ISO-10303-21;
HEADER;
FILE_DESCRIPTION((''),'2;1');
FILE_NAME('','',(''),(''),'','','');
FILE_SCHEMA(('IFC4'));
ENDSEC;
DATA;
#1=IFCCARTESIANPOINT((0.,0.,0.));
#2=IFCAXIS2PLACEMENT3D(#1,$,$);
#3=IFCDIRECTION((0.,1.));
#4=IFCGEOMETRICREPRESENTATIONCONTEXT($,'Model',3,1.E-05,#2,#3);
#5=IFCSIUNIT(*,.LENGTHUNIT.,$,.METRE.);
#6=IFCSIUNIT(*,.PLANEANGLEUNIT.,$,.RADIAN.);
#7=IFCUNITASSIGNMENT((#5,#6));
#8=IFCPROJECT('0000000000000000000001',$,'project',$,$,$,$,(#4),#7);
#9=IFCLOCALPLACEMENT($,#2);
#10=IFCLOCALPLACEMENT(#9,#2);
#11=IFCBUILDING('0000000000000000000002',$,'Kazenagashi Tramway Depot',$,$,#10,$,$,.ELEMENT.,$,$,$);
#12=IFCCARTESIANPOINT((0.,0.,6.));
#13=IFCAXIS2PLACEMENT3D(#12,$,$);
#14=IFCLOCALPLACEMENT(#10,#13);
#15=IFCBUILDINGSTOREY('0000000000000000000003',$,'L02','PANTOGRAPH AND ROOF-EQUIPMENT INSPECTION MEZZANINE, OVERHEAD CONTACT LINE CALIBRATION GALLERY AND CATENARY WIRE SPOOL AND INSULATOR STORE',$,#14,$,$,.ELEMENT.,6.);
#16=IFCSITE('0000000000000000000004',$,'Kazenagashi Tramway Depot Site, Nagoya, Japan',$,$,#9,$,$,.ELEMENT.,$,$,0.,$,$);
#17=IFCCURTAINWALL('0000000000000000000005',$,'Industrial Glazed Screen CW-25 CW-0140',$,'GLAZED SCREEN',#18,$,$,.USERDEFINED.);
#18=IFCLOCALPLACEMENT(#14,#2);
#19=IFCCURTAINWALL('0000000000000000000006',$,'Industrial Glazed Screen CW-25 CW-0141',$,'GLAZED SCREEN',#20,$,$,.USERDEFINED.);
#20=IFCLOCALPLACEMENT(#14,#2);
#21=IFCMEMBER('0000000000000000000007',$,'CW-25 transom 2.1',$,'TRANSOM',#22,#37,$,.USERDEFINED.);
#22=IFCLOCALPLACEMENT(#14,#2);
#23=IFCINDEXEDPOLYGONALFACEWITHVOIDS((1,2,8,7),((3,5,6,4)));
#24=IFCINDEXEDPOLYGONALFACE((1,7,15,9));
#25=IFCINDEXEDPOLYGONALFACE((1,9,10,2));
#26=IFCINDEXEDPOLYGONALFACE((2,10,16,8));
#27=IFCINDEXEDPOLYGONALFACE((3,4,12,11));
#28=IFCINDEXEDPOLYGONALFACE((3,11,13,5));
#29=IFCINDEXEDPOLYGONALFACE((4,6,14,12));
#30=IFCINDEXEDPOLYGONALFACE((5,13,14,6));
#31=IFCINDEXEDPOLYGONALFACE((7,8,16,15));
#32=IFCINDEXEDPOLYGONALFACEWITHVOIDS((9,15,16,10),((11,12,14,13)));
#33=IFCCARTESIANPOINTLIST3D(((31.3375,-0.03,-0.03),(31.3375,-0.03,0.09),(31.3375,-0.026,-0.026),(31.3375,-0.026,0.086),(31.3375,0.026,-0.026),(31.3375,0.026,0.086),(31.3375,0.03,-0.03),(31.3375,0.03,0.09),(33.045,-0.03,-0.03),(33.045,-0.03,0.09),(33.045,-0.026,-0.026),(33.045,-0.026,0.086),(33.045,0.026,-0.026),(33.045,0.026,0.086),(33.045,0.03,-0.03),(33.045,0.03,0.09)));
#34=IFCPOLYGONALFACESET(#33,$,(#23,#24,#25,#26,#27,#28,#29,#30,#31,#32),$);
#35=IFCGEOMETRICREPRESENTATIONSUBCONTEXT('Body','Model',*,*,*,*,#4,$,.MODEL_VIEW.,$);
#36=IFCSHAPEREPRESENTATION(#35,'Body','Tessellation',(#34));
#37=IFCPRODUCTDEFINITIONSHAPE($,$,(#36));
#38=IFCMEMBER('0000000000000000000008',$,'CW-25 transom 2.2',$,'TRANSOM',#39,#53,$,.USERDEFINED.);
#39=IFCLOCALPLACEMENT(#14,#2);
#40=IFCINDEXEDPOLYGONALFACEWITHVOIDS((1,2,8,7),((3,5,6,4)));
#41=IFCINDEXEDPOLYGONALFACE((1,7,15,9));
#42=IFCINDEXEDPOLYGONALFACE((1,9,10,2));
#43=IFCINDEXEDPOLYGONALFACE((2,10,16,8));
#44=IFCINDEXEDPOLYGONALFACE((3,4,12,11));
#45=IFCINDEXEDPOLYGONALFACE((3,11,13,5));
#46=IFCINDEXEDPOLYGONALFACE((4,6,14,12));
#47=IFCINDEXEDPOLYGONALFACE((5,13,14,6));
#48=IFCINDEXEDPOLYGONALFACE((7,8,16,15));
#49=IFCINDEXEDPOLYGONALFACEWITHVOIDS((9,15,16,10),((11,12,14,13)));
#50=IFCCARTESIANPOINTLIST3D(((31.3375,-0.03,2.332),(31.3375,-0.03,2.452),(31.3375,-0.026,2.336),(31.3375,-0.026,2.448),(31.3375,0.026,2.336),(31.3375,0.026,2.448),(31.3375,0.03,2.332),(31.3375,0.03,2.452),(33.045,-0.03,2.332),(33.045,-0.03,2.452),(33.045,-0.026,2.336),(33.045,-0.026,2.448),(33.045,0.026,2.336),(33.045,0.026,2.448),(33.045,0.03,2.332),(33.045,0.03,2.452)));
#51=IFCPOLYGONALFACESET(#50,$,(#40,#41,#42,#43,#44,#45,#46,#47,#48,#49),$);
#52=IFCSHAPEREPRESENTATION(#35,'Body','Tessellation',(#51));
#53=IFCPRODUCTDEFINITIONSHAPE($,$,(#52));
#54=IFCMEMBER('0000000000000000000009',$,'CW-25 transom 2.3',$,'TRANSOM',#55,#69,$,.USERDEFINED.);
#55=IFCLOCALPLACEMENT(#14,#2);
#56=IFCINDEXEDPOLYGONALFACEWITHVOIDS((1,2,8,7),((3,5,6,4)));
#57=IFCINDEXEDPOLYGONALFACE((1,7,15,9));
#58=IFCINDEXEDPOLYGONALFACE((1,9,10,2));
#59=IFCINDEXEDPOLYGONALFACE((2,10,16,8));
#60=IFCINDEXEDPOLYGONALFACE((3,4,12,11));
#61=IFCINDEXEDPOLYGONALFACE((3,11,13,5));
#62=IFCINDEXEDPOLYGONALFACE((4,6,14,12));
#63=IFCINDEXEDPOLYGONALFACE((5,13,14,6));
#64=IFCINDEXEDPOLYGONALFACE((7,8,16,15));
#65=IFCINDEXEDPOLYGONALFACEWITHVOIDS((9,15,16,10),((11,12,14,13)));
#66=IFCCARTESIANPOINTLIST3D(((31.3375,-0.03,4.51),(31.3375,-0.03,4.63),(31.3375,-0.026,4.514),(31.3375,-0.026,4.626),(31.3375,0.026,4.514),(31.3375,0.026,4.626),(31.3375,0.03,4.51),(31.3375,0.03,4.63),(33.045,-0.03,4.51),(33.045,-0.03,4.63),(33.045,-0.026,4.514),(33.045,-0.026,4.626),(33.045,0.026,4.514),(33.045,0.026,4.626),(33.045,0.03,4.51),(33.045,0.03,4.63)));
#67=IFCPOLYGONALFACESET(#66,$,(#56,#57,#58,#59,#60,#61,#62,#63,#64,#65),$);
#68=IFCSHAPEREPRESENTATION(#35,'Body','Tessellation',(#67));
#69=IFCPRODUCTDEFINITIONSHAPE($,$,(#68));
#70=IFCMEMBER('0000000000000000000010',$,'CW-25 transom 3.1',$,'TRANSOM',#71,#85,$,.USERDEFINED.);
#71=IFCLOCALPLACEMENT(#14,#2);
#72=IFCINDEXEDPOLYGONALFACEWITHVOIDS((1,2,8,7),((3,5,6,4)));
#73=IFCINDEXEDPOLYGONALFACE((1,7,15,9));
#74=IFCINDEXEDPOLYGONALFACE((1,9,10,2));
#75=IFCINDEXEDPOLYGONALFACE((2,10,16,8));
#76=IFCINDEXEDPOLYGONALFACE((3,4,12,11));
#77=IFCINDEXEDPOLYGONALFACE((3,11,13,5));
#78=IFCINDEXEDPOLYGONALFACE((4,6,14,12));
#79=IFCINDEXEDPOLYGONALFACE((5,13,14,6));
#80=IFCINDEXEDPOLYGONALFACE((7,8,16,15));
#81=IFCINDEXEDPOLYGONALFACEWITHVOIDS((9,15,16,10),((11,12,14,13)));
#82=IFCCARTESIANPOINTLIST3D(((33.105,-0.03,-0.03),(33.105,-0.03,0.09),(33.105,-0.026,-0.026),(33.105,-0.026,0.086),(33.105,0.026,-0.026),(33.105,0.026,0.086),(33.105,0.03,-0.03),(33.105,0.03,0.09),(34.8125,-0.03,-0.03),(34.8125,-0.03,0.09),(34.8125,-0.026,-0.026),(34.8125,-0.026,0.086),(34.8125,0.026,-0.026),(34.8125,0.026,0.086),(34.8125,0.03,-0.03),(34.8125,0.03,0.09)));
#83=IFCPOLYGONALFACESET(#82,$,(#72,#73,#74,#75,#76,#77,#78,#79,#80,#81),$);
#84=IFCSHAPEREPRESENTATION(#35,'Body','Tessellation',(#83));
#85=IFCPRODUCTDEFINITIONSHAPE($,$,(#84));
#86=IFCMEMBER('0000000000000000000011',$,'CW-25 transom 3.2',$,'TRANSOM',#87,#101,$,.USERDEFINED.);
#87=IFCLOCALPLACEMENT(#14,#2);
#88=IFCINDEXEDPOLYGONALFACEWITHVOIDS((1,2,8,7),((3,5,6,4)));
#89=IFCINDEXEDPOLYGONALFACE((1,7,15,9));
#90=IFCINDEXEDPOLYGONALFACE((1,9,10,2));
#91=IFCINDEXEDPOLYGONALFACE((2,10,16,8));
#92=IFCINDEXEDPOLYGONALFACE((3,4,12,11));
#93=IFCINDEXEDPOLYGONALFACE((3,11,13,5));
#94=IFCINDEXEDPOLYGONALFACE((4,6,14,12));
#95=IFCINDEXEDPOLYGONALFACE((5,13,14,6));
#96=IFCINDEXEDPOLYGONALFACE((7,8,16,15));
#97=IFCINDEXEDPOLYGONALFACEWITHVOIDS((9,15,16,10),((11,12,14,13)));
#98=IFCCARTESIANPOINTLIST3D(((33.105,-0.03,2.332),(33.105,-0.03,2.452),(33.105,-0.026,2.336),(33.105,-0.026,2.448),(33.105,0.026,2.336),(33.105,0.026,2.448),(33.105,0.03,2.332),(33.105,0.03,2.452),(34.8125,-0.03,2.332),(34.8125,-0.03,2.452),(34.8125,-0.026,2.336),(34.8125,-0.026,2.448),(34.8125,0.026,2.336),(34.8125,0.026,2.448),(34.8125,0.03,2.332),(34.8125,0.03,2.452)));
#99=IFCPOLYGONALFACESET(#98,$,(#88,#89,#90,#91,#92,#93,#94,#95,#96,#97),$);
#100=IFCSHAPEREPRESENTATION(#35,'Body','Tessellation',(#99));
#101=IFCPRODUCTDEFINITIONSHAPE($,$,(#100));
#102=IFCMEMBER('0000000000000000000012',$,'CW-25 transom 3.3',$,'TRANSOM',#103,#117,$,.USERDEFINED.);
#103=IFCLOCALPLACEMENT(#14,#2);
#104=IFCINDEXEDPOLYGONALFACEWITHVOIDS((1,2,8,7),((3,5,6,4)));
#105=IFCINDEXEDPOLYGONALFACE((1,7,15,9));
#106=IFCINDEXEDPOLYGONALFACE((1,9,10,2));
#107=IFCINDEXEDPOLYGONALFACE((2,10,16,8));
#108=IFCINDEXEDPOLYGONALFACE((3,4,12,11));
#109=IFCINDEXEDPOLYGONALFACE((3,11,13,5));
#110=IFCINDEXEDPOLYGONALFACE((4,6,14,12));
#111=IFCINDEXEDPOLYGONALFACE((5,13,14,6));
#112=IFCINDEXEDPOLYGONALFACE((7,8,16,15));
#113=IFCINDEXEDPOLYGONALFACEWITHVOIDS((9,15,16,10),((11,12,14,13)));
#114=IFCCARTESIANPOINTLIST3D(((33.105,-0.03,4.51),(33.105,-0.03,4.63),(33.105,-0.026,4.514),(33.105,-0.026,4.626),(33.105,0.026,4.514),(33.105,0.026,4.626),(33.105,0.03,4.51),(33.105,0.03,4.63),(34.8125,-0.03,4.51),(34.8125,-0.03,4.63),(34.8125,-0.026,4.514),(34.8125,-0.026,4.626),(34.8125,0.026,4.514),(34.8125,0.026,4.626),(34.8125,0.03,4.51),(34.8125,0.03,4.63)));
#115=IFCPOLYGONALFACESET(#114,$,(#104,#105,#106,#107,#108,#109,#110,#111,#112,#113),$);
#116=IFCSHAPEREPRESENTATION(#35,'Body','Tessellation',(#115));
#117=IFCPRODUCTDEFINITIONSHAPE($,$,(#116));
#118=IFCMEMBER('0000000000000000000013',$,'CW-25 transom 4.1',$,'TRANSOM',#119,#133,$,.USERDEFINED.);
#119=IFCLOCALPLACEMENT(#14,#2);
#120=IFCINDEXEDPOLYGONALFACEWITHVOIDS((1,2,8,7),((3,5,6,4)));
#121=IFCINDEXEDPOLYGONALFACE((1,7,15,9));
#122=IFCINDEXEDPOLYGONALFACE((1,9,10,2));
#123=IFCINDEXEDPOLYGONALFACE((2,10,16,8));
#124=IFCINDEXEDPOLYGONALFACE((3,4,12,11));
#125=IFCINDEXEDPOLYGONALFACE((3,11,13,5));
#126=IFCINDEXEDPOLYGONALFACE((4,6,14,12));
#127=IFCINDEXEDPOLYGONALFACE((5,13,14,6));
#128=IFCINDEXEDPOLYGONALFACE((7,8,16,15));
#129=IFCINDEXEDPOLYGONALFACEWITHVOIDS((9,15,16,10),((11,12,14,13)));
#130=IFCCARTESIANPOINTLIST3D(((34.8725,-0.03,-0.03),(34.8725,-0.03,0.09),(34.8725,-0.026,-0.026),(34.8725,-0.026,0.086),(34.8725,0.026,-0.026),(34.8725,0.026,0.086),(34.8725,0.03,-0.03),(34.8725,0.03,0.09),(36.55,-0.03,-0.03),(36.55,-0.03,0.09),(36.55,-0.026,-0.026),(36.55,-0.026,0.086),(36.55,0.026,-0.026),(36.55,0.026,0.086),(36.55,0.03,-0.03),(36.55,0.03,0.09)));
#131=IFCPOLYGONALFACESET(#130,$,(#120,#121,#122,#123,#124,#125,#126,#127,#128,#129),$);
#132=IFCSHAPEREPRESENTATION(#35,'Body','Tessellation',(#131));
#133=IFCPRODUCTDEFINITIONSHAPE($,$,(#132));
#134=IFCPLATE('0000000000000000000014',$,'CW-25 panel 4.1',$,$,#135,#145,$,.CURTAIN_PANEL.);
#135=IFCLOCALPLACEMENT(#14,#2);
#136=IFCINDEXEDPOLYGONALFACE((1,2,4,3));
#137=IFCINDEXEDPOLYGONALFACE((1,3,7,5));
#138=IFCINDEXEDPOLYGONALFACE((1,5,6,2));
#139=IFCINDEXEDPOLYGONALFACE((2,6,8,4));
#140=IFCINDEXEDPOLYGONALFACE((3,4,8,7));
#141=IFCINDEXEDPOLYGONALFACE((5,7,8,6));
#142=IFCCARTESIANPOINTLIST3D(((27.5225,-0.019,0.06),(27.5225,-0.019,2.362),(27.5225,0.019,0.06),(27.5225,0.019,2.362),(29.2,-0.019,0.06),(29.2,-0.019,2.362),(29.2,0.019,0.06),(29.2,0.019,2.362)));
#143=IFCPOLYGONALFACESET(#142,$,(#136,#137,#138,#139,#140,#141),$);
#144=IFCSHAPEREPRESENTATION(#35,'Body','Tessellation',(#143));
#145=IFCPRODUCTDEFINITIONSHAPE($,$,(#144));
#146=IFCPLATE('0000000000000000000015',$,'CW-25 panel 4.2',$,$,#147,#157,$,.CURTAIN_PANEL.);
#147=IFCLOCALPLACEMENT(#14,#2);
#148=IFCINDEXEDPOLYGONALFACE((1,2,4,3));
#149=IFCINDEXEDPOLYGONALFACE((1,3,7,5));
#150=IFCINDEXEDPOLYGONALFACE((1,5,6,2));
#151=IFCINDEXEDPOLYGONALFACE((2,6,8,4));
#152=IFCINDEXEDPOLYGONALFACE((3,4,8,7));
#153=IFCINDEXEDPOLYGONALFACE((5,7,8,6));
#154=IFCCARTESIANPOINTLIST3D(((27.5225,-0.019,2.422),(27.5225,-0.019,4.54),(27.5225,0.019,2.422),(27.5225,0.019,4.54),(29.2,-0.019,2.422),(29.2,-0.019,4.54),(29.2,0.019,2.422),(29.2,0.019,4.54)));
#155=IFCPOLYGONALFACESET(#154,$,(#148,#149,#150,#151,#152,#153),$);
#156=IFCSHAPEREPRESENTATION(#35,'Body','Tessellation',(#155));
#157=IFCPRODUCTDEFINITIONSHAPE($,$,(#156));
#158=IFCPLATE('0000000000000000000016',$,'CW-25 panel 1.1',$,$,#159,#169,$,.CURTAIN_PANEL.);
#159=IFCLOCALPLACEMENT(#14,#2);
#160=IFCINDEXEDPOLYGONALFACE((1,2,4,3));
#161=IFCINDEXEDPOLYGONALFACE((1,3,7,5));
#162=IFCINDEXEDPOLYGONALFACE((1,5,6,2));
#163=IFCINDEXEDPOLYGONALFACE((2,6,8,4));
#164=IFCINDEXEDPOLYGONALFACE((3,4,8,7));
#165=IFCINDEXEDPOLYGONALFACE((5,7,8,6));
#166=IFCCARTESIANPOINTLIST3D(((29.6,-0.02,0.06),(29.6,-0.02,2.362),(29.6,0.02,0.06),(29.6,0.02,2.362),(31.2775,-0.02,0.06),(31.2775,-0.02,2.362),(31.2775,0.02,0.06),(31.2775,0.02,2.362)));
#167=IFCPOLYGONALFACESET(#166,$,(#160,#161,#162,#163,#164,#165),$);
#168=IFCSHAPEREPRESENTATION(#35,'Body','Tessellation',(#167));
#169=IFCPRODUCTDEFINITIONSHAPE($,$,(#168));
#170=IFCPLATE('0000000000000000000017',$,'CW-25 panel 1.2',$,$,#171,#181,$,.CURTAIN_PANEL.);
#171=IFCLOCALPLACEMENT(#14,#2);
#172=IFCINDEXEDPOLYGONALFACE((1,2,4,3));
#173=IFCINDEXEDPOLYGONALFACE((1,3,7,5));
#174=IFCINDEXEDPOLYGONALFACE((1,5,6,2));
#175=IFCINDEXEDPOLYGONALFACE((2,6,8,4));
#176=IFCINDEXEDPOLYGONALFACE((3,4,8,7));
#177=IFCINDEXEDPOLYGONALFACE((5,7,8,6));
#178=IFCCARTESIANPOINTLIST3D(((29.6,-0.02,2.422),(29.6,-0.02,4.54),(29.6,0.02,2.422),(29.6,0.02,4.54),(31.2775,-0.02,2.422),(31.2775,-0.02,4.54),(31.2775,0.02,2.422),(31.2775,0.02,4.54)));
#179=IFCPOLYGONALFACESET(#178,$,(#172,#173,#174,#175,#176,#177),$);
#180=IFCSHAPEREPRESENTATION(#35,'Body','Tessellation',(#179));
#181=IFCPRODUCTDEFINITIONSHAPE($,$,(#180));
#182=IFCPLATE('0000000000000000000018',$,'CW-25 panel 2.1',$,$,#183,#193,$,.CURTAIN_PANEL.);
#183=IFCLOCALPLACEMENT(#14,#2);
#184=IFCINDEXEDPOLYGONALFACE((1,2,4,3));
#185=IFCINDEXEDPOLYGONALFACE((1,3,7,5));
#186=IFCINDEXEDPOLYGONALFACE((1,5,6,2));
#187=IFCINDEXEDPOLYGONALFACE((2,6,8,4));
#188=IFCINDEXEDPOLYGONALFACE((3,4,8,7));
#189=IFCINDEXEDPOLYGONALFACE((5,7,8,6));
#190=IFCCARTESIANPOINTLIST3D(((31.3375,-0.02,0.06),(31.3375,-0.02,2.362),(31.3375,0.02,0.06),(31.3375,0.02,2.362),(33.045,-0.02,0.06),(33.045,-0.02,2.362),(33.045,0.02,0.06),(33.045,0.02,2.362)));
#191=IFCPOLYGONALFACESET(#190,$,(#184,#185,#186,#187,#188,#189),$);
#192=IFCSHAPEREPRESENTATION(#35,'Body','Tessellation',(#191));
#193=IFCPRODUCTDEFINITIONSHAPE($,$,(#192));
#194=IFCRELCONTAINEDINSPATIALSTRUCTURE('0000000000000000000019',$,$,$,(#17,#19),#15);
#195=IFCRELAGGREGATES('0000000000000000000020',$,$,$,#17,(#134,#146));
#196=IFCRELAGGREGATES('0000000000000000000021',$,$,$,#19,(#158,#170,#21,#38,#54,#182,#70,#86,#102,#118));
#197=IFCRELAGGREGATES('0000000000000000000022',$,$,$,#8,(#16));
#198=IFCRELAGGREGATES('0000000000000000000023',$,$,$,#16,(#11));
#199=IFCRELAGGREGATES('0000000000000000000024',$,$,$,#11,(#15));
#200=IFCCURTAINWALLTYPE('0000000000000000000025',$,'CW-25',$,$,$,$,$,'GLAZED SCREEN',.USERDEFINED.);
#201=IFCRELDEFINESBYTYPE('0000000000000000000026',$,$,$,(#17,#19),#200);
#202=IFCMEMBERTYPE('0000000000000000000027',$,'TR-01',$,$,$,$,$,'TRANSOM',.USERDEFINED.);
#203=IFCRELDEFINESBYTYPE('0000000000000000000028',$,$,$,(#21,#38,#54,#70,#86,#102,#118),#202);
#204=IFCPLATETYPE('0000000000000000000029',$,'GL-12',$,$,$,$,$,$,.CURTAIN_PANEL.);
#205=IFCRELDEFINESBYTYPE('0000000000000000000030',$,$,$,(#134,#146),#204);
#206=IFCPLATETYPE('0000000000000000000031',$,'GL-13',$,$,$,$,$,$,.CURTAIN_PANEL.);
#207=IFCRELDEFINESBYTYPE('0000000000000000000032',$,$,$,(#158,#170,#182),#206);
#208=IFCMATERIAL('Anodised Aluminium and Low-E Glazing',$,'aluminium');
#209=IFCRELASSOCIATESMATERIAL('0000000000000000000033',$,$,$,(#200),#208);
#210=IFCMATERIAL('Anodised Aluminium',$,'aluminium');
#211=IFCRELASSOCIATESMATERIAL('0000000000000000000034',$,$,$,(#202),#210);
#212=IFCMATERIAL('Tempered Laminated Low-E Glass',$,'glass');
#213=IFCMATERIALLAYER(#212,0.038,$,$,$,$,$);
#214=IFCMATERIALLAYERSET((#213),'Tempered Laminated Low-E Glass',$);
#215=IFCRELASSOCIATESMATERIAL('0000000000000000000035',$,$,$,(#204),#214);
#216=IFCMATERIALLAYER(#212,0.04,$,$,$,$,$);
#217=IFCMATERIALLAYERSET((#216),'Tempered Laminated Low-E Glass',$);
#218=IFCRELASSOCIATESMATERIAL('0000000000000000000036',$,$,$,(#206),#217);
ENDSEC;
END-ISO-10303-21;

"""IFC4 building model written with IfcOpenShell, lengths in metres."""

from ifc_helpers import new_model, si_unit, direction, frame, origin, origin_2d, place, context, subcontext, project, spatial, rectangle, hollow_rectangle, extrude, material, layer, layer_set, material_profile, profile_set, type_object, element, aggregate, save


model = new_model("IFC4")

# Units and contexts
model_context = context("Model", 3, precision=1e-05, world=origin(), true_north=direction((0.0, 1.0)))
body_context = subcontext(model_context, "Body", "Model", "MODEL_VIEW")
ifc_project = project(units=[si_unit("LENGTHUNIT", "METRE"), si_unit("PLANEANGLEUNIT", "RADIAN")], contexts=[model_context])

# Site, building, storey
site_placement = place(None, origin())
site = spatial("IfcSite", under=ifc_project, at=site_placement, Name="Kazenagashi Tramway Depot Site, Nagoya, Japan", CompositionType="ELEMENT", RefElevation=0.0)
building_placement = place(site_placement, origin())
building = spatial("IfcBuilding", under=site, at=building_placement, Name="Kazenagashi Tramway Depot", CompositionType="ELEMENT")
storey_placement = place(building_placement, frame((0.0, 0.0, 6.0)))
storey = spatial("IfcBuildingStorey", under=building, at=storey_placement, Name="L02", Description="PANTOGRAPH AND ROOF-EQUIPMENT INSPECTION MEZZANINE, OVERHEAD CONTACT LINE CALIBRATION GALLERY AND CATENARY WIRE SPOOL AND INSULATOR STORE", CompositionType="ELEMENT", Elevation=6.0)

# Curtain wall
ifc_material_1 = material(Name="Anodised Aluminium and Low-E Glazing", Category="aluminium")
curtain_wall_type = type_object("IfcCurtainWallType", Name="CW-25", ElementType="GLAZED SCREEN", PredefinedType="USERDEFINED", material=ifc_material_1)
curtain_wall_1_placement = place(storey_placement, origin())
curtain_wall_1 = element("IfcCurtainWall", 1, at=curtain_wall_1_placement, inside=storey, type_object=curtain_wall_type, Name="Industrial Glazed Screen CW-25 CW-0140", ObjectType="GLAZED SCREEN", PredefinedType="USERDEFINED")
ifc_material_2 = material(Name="Anodised Aluminium", Category="aluminium")

# Curtain wall
curtain_wall_2_placement = place(storey_placement, origin())
curtain_wall_2 = element("IfcCurtainWall", 2, at=curtain_wall_2_placement, inside=storey, type_object=curtain_wall_type, Name="Industrial Glazed Screen CW-25 CW-0141", ObjectType="GLAZED SCREEN", PredefinedType="USERDEFINED")

# Members
ifc_material_profile_1 = material_profile(ifc_material_2, hollow_rectangle(XDim=0.06, YDim=0.12, WallThickness=0.004, at=origin_2d()), Name="RHS-120x60x4")
ifc_profile_set_1 = profile_set([ifc_material_profile_1], Name="Anodised Aluminium")
member_type_1 = type_object("IfcMemberType", Name="TR-01", ElementType="TRANSOM", PredefinedType="USERDEFINED", material=ifc_profile_set_1)
member_1_placement = place(storey_placement, frame((31.3375, 0.0, 0.03), z_axis=(1.0, 0.0, 0.0), x_axis=(0.0, 1.0, 0.0)))
member_1 = element("IfcMember", 3, at=member_1_placement, type_object=member_type_1, Name="CW-25 transom 2.1", ObjectType="TRANSOM", PredefinedType="USERDEFINED", context=body_context, shape_type="SweptSolid", body=[
    extrude(hollow_rectangle(XDim=0.06, YDim=0.12, WallThickness=0.004, at=origin_2d()), origin(), (0.0, 0.0, 1.0), 1.7075),
])
member_2_placement = place(storey_placement, frame((31.3375, 0.0, 2.392), z_axis=(1.0, 0.0, 0.0), x_axis=(0.0, 1.0, 0.0)))
member_2 = element("IfcMember", 4, at=member_2_placement, type_object=member_type_1, Name="CW-25 transom 2.2", ObjectType="TRANSOM", PredefinedType="USERDEFINED", context=body_context, shape_type="SweptSolid", body=[
    extrude(hollow_rectangle(XDim=0.06, YDim=0.12, WallThickness=0.004, at=origin_2d()), origin(), (0.0, 0.0, 1.0), 1.7075),
])
member_3_placement = place(storey_placement, frame((31.3375, 0.0, 4.57), z_axis=(1.0, 0.0, 0.0), x_axis=(0.0, 1.0, 0.0)))
member_3 = element("IfcMember", 5, at=member_3_placement, type_object=member_type_1, Name="CW-25 transom 2.3", ObjectType="TRANSOM", PredefinedType="USERDEFINED", context=body_context, shape_type="SweptSolid", body=[
    extrude(hollow_rectangle(XDim=0.06, YDim=0.12, WallThickness=0.004, at=origin_2d()), origin(), (0.0, 0.0, 1.0), 1.7075),
])
member_4_placement = place(storey_placement, frame((33.105, 0.0, 0.03), z_axis=(1.0, 0.0, 0.0), x_axis=(0.0, 1.0, 0.0)))
member_4 = element("IfcMember", 6, at=member_4_placement, type_object=member_type_1, Name="CW-25 transom 3.1", ObjectType="TRANSOM", PredefinedType="USERDEFINED", context=body_context, shape_type="SweptSolid", body=[
    extrude(hollow_rectangle(XDim=0.06, YDim=0.12, WallThickness=0.004, at=origin_2d()), origin(), (0.0, 0.0, 1.0), 1.7075),
])
member_5_placement = place(storey_placement, frame((33.105, 0.0, 2.392), z_axis=(1.0, 0.0, 0.0), x_axis=(0.0, 1.0, 0.0)))
member_5 = element("IfcMember", 7, at=member_5_placement, type_object=member_type_1, Name="CW-25 transom 3.2", ObjectType="TRANSOM", PredefinedType="USERDEFINED", context=body_context, shape_type="SweptSolid", body=[
    extrude(hollow_rectangle(XDim=0.06, YDim=0.12, WallThickness=0.004, at=origin_2d()), origin(), (0.0, 0.0, 1.0), 1.7075),
])
member_6_placement = place(storey_placement, frame((33.105, 0.0, 4.57), z_axis=(1.0, 0.0, 0.0), x_axis=(0.0, 1.0, 0.0)))
member_6 = element("IfcMember", 8, at=member_6_placement, type_object=member_type_1, Name="CW-25 transom 3.3", ObjectType="TRANSOM", PredefinedType="USERDEFINED", context=body_context, shape_type="SweptSolid", body=[
    extrude(hollow_rectangle(XDim=0.06, YDim=0.12, WallThickness=0.004, at=origin_2d()), origin(), (0.0, 0.0, 1.0), 1.7075),
])
member_7_placement = place(storey_placement, frame((34.8725, 0.0, 0.03), z_axis=(1.0, 0.0, 0.0), x_axis=(0.0, 1.0, 0.0)))
member_7 = element("IfcMember", 9, at=member_7_placement, type_object=member_type_1, Name="CW-25 transom 4.1", ObjectType="TRANSOM", PredefinedType="USERDEFINED", context=body_context, shape_type="SweptSolid", body=[
    extrude(hollow_rectangle(XDim=0.06, YDim=0.12, WallThickness=0.004, at=origin_2d()), origin(), (0.0, 0.0, 1.0), 1.6775),
])

# Plates
ifc_material_3 = material(Name="Tempered Laminated Low-E Glass", Category="glass")
ifc_layer_1 = layer(ifc_material_3, 0.038)
ifc_layer_set_1 = layer_set([ifc_layer_1], Name="Tempered Laminated Low-E Glass")
plate_type_1 = type_object("IfcPlateType", Name="GL-12", PredefinedType="CURTAIN_PANEL", material=ifc_layer_set_1)
plate_1_placement = place(storey_placement, frame((28.3612, 0.0, 0.06), z_axis=(0.0, 0.0, 1.0), x_axis=(1.0, 0.0, 0.0)))
plate_1 = element("IfcPlate", 10, at=plate_1_placement, type_object=plate_type_1, Name="CW-25 panel 4.1", PredefinedType="CURTAIN_PANEL", context=body_context, shape_type="SweptSolid", body=[
    extrude(rectangle(XDim=1.6775, YDim=0.038, at=origin_2d()), origin(), (0.0, 0.0, 1.0), 2.302),
])
plate_2_placement = place(storey_placement, frame((28.3612, 0.0, 2.422), z_axis=(0.0, 0.0, 1.0), x_axis=(1.0, 0.0, 0.0)))
plate_2 = element("IfcPlate", 11, at=plate_2_placement, type_object=plate_type_1, Name="CW-25 panel 4.2", PredefinedType="CURTAIN_PANEL", context=body_context, shape_type="SweptSolid", body=[
    extrude(rectangle(XDim=1.6775, YDim=0.038, at=origin_2d()), origin(), (0.0, 0.0, 1.0), 2.118),
])
aggregate(curtain_wall_1, [plate_1, plate_2])
ifc_layer_2 = layer(ifc_material_3, 0.04)
ifc_layer_set_2 = layer_set([ifc_layer_2], Name="Tempered Laminated Low-E Glass")
plate_type_2 = type_object("IfcPlateType", Name="GL-13", PredefinedType="CURTAIN_PANEL", material=ifc_layer_set_2)
plate_3_placement = place(storey_placement, frame((30.4387, 0.0, 0.06), z_axis=(0.0, 0.0, 1.0), x_axis=(1.0, 0.0, 0.0)))
plate_3 = element("IfcPlate", 12, at=plate_3_placement, type_object=plate_type_2, Name="CW-25 panel 1.1", PredefinedType="CURTAIN_PANEL", context=body_context, shape_type="SweptSolid", body=[
    extrude(rectangle(XDim=1.6775, YDim=0.04, at=origin_2d()), origin(), (0.0, 0.0, 1.0), 2.302),
])
plate_4_placement = place(storey_placement, frame((30.4387, 0.0, 2.422), z_axis=(0.0, 0.0, 1.0), x_axis=(1.0, 0.0, 0.0)))
plate_4 = element("IfcPlate", 13, at=plate_4_placement, type_object=plate_type_2, Name="CW-25 panel 1.2", PredefinedType="CURTAIN_PANEL", context=body_context, shape_type="SweptSolid", body=[
    extrude(rectangle(XDim=1.6775, YDim=0.04, at=origin_2d()), origin(), (0.0, 0.0, 1.0), 2.118),
])
plate_5_placement = place(storey_placement, frame((32.1912, 0.0, 0.06), z_axis=(0.0, 0.0, 1.0), x_axis=(1.0, 0.0, 0.0)))
plate_5 = element("IfcPlate", 14, at=plate_5_placement, type_object=plate_type_2, Name="CW-25 panel 2.1", PredefinedType="CURTAIN_PANEL", context=body_context, shape_type="SweptSolid", body=[
    extrude(rectangle(XDim=1.7075, YDim=0.04, at=origin_2d()), origin(), (0.0, 0.0, 1.0), 2.302),
])
aggregate(curtain_wall_2, [plate_3, plate_4, member_1, member_2, member_3, plate_5, member_4, member_5, member_6, member_7])

save(model, "model.ifc")
